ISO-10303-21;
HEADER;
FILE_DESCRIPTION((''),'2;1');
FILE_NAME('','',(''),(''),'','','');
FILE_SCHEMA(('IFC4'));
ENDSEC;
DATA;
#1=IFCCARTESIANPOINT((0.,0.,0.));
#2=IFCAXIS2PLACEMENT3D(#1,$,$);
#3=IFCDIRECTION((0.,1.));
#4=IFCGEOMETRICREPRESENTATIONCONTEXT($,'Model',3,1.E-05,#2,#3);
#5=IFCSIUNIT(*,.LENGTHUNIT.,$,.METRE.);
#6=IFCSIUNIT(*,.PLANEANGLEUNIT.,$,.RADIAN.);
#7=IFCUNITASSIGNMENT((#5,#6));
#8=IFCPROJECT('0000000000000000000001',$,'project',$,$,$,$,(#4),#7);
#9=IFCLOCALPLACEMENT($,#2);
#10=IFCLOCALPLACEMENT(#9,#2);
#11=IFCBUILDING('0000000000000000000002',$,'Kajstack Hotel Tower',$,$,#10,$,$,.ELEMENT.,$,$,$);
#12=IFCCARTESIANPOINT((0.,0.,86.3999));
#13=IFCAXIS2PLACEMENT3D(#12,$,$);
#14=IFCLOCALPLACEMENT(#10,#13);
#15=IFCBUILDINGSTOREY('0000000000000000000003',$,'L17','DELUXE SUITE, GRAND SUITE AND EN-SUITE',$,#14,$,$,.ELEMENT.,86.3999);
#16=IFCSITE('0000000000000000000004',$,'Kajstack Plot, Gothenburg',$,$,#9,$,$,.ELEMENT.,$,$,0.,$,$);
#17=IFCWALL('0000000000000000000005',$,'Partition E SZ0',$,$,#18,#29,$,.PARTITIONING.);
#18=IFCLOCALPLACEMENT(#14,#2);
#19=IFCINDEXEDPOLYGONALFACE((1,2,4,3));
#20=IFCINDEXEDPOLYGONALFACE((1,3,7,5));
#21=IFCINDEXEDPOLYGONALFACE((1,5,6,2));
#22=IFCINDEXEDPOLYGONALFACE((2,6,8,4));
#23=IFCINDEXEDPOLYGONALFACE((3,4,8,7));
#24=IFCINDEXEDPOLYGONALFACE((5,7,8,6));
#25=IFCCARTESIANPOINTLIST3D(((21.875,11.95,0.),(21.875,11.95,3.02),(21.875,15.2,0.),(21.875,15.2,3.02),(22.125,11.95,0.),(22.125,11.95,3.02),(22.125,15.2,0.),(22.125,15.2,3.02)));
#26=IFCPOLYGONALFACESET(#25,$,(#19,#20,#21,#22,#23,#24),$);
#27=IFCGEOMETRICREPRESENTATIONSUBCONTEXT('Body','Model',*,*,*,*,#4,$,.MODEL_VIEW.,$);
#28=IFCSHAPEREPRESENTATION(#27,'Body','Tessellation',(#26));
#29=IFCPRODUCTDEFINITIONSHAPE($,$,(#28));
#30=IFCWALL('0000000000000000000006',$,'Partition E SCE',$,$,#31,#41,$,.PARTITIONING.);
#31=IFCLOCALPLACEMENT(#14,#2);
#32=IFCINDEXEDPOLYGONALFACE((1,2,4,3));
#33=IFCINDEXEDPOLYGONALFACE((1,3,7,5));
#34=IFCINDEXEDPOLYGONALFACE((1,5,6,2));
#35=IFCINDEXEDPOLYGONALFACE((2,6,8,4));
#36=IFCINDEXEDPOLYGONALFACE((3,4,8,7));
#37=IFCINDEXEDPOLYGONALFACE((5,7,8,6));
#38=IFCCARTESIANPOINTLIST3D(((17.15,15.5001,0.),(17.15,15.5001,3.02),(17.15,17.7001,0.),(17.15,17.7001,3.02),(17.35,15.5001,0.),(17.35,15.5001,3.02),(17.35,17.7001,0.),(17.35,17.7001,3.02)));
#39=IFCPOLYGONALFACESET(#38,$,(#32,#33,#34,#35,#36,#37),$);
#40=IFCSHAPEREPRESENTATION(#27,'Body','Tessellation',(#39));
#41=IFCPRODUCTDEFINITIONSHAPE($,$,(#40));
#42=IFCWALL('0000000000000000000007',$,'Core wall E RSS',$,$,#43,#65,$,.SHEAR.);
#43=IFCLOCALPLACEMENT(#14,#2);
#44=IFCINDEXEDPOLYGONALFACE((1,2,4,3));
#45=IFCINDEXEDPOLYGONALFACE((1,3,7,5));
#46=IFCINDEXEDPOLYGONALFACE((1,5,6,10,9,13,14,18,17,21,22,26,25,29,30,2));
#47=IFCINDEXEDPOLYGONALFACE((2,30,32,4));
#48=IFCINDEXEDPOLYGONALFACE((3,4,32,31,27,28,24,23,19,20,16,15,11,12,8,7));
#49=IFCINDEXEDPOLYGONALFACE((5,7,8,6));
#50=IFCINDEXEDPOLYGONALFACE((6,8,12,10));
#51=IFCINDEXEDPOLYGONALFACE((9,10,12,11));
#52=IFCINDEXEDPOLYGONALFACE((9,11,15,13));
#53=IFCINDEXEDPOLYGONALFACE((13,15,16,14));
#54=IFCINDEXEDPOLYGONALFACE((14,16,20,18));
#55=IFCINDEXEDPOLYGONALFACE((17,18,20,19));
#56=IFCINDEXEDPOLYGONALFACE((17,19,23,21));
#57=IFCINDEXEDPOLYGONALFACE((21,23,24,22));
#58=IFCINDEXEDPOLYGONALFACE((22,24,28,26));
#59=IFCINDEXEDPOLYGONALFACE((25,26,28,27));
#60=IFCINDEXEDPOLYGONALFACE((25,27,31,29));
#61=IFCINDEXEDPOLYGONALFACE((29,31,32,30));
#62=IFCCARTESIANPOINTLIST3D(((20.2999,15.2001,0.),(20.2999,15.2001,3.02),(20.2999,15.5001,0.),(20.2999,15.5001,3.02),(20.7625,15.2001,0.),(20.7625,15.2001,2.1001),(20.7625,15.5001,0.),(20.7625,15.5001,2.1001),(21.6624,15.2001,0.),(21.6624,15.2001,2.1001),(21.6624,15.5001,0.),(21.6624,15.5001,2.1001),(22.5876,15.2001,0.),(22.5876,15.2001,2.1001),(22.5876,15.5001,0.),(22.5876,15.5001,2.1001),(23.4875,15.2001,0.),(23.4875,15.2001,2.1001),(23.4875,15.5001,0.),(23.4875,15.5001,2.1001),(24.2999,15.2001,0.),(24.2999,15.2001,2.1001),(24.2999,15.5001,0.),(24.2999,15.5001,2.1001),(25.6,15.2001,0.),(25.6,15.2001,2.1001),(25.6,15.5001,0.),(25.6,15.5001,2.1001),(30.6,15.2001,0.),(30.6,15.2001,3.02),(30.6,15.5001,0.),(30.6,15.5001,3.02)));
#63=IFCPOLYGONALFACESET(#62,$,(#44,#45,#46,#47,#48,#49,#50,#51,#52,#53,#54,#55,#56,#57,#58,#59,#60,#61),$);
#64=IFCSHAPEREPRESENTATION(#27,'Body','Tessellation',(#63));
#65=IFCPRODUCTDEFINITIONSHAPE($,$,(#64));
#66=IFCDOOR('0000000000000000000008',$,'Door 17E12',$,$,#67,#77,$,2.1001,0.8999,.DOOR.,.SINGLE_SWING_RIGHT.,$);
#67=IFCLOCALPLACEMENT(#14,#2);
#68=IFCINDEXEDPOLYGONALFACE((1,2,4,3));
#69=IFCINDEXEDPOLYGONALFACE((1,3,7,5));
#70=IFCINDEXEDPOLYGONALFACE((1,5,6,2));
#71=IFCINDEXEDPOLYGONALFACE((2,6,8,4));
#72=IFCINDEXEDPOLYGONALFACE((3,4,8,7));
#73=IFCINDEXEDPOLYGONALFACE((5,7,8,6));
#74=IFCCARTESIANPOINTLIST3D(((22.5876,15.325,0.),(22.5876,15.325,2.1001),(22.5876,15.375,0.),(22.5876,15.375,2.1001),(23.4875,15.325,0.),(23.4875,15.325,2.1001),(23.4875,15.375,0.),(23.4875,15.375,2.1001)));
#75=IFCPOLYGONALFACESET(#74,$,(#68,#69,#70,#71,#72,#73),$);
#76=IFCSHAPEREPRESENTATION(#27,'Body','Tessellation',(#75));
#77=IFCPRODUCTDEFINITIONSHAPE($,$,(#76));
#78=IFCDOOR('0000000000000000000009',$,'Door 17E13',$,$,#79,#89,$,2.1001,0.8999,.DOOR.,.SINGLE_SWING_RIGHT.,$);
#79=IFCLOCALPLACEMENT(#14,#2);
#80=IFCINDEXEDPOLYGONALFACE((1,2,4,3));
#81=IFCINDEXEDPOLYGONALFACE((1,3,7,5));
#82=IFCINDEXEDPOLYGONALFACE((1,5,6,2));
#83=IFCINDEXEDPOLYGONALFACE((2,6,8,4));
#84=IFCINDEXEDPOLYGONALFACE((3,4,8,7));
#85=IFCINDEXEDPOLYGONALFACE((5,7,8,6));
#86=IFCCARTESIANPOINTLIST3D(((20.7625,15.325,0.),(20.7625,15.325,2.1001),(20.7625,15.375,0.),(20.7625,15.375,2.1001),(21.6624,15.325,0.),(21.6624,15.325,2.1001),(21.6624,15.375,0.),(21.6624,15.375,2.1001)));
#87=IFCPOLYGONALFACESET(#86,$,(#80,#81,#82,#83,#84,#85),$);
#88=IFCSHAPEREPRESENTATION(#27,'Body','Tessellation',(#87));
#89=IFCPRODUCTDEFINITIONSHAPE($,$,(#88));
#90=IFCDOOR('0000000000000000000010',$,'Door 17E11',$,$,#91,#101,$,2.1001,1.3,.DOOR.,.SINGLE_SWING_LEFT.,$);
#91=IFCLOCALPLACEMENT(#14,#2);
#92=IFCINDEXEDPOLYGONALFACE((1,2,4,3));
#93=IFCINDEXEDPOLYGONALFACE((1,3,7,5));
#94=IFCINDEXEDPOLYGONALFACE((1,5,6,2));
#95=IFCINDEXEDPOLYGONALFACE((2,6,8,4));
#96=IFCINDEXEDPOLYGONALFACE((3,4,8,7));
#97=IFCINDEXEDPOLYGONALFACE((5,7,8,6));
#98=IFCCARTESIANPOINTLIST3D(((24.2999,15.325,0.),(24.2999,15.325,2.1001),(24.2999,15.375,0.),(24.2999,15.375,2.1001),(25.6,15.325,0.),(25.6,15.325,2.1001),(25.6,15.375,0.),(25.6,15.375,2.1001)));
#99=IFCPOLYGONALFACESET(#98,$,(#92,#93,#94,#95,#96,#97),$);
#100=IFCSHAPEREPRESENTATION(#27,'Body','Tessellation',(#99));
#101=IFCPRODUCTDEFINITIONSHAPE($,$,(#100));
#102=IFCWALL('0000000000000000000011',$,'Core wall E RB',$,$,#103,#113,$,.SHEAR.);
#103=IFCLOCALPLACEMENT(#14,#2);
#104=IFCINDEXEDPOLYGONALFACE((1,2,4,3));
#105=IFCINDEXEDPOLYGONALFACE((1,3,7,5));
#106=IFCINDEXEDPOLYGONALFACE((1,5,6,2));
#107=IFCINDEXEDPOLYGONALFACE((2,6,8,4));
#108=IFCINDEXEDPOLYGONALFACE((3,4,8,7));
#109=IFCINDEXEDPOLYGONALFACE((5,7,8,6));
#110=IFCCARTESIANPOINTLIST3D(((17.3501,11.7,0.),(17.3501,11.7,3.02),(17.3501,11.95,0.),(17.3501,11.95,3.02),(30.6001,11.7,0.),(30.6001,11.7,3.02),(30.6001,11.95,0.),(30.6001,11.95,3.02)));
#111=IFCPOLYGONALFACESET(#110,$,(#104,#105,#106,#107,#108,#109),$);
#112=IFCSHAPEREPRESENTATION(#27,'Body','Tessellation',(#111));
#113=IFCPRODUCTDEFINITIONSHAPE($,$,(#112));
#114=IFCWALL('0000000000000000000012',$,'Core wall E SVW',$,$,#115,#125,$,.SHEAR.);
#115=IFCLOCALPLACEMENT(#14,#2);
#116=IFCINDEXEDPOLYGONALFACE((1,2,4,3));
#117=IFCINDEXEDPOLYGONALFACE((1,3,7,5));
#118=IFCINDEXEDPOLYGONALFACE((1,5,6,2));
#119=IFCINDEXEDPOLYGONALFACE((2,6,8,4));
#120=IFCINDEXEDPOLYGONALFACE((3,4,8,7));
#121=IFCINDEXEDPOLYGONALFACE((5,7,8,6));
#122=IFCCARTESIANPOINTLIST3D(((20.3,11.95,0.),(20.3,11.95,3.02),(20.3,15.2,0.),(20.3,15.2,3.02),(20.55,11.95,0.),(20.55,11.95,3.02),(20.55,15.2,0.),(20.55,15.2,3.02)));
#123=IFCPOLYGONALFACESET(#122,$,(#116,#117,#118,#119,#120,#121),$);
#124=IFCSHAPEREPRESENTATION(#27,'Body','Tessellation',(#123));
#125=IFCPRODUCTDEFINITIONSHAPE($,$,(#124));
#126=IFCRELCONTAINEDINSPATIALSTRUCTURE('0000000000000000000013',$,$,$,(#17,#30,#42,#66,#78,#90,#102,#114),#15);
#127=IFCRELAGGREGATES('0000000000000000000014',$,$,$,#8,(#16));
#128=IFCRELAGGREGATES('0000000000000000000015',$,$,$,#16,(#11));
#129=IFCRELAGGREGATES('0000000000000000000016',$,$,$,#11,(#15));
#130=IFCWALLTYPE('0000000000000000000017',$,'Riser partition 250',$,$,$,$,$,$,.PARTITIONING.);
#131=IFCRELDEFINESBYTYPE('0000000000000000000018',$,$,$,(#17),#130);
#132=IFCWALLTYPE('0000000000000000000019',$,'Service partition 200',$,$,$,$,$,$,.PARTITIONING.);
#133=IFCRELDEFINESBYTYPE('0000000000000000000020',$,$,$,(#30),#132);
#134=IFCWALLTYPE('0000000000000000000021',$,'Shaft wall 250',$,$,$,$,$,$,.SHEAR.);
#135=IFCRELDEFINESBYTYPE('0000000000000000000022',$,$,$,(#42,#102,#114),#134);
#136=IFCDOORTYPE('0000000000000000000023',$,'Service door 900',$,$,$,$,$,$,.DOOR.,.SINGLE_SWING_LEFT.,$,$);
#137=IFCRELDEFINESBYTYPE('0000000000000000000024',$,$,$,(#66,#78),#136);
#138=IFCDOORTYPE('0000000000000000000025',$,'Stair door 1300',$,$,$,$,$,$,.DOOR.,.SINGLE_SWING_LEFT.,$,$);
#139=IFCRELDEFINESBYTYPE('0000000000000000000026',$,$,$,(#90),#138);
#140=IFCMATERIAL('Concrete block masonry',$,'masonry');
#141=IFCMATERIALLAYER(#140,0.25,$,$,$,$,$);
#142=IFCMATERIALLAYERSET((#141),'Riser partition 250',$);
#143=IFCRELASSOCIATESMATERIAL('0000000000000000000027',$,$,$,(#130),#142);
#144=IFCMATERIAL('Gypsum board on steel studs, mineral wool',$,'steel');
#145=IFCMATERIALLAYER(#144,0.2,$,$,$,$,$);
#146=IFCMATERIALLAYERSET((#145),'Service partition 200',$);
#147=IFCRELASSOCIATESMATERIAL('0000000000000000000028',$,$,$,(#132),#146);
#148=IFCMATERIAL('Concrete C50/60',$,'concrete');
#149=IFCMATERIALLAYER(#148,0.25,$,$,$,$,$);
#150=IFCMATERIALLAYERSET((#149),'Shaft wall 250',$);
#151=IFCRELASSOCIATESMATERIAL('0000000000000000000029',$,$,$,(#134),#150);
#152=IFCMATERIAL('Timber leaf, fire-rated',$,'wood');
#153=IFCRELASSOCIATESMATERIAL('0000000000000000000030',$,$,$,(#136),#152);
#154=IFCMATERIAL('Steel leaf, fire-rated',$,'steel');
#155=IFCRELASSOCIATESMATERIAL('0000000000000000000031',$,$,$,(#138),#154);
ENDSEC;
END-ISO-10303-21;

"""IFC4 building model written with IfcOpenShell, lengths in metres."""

from ifc_helpers import new_model, si_unit, direction, frame, frame_2d, origin, place, context, subcontext, project, spatial, rectangle, extrude, material, layer, layer_set, type_object, element, fill, save


model = new_model("IFC4")

# Units and contexts
model_context = context("Model", 3, precision=1e-05, world=origin(), true_north=direction((0.0, 1.0)))
body_context = subcontext(model_context, "Body", "Model", "MODEL_VIEW")
ifc_project = project(units=[si_unit("LENGTHUNIT", "METRE"), si_unit("PLANEANGLEUNIT", "RADIAN")], contexts=[model_context])

# Site, building, storey
site_placement = place(None, origin())
site = spatial("IfcSite", under=ifc_project, at=site_placement, Name="Kajstack Plot, Gothenburg", CompositionType="ELEMENT", RefElevation=0.0)
building_placement = place(site_placement, origin())
building = spatial("IfcBuilding", under=site, at=building_placement, Name="Kajstack Hotel Tower", CompositionType="ELEMENT")
storey_placement = place(building_placement, frame((0.0, 0.0, 86.3999)))
storey = spatial("IfcBuildingStorey", under=building, at=storey_placement, Name="L17", Description="DELUXE SUITE, GRAND SUITE AND EN-SUITE", CompositionType="ELEMENT", Elevation=86.3999)

# Walls
ifc_material_1 = material(Name="Concrete block masonry", Category="masonry")
ifc_layer_1 = layer(ifc_material_1, 0.25)
ifc_layer_set_1 = layer_set([ifc_layer_1], Name="Riser partition 250")
wall_type_1 = type_object("IfcWallType", Name="Riser partition 250", PredefinedType="PARTITIONING", material=ifc_layer_set_1)
wall_1_placement = place(storey_placement, frame((22.0, 11.95, 0.0), z_axis=(0.0, 0.0, 1.0), x_axis=(0.0, 1.0, 0.0)))
element("IfcWall", 1, at=wall_1_placement, inside=storey, type_object=wall_type_1, Name="Partition E SZ0", PredefinedType="PARTITIONING", context=body_context, shape_type="SweptSolid", body=[
    extrude(rectangle(XDim=3.25, YDim=0.25, at=frame_2d((1.625, 0.0))), origin(), (0.0, 0.0, 1.0), 3.02),
])
ifc_material_2 = material(Name="Gypsum board on steel studs, mineral wool", Category="steel")
ifc_layer_2 = layer(ifc_material_2, 0.2)
ifc_layer_set_2 = layer_set([ifc_layer_2], Name="Service partition 200")
wall_type_2 = type_object("IfcWallType", Name="Service partition 200", PredefinedType="PARTITIONING", material=ifc_layer_set_2)
wall_2_placement = place(storey_placement, frame((17.25, 15.5, 0.0), z_axis=(0.0, 0.0, 1.0), x_axis=(0.0, 1.0, 0.0)))
element("IfcWall", 2, at=wall_2_placement, inside=storey, type_object=wall_type_2, Name="Partition E SCE", PredefinedType="PARTITIONING", context=body_context, shape_type="SweptSolid", body=[
    extrude(rectangle(XDim=2.2, YDim=0.2, at=frame_2d((1.1001, 0.0))), origin(), (0.0, 0.0, 1.0), 3.02),
])

# Wall, openings, doors
ifc_material_3 = material(Name="Concrete C50/60", Category="concrete")
ifc_layer_3 = layer(ifc_material_3, 0.25)
ifc_layer_set_3 = layer_set([ifc_layer_3], Name="Shaft wall 250")
wall_type_3 = type_object("IfcWallType", Name="Shaft wall 250", PredefinedType="SHEAR", material=ifc_layer_set_3)
wall_3_placement = place(storey_placement, frame((20.3, 15.3501, 0.0), z_axis=(0.0, 0.0, 1.0), x_axis=(1.0, 0.0, 0.0)))
wall_3 = element("IfcWall", 3, at=wall_3_placement, inside=storey, type_object=wall_type_3, Name="Core wall E RSS", PredefinedType="SHEAR", context=body_context, shape_type="SweptSolid", body=[
    extrude(rectangle(XDim=10.3, YDim=0.3, at=frame_2d((5.1499, 0.0))), origin(), (0.0, 0.0, 1.0), 3.02),
])
opening_1_placement = place(wall_3_placement, frame((4.0, 0.0, 0.0)))
opening_1 = element("IfcOpeningElement", 4, at=opening_1_placement, cuts=wall_3, PredefinedType="OPENING", context=body_context, shape_type="SweptSolid", body=[
    extrude(rectangle(XDim=1.3, YDim=2.1001, at=frame_2d((0.6499, 1.05))), frame((0.0, 0.1599, 0.0), z_axis=(0.0, -1.0, 0.0), x_axis=(1.0, 0.0, 0.0)), (0.0, 0.0, 1.0), 0.3201),
])
opening_2_placement = place(wall_3_placement, frame((2.2876, 0.0, 0.0)))
opening_2 = element("IfcOpeningElement", 5, at=opening_2_placement, cuts=wall_3, PredefinedType="OPENING", context=body_context, shape_type="SweptSolid", body=[
    extrude(rectangle(XDim=0.8999, YDim=2.1001, at=frame_2d((0.45, 1.05))), frame((0.0, 0.1599, 0.0), z_axis=(0.0, -1.0, 0.0), x_axis=(1.0, 0.0, 0.0)), (0.0, 0.0, 1.0), 0.3201),
])
opening_3_placement = place(wall_3_placement, frame((0.4624, 0.0, 0.0)))
opening_3 = element("IfcOpeningElement", 6, at=opening_3_placement, cuts=wall_3, PredefinedType="OPENING", context=body_context, shape_type="SweptSolid", body=[
    extrude(rectangle(XDim=0.8999, YDim=2.1001, at=frame_2d((0.45, 1.05))), frame((0.0, 0.1599, 0.0), z_axis=(0.0, -1.0, 0.0), x_axis=(1.0, 0.0, 0.0)), (0.0, 0.0, 1.0), 0.3201),
])
ifc_material_4 = material(Name="Timber leaf, fire-rated", Category="wood")
door_type_1 = type_object("IfcDoorType", Name="Service door 900", OperationType="SINGLE_SWING_LEFT", PredefinedType="DOOR", material=ifc_material_4)
door_1_placement = place(opening_2_placement, origin())
door_1 = element("IfcDoor", 7, at=door_1_placement, inside=storey, type_object=door_type_1, Name="Door 17E12", OperationType="SINGLE_SWING_RIGHT", OverallHeight=2.1001, OverallWidth=0.8999, PredefinedType="DOOR", context=body_context, shape_type="SweptSolid", body=[
    extrude(rectangle(XDim=0.8999, YDim=2.1001, at=frame_2d((0.45, 1.05))), frame((0.0, 0.0249, 0.0), z_axis=(0.0, -1.0, 0.0), x_axis=(1.0, 0.0, 0.0)), (0.0, 0.0, 1.0), 0.05),
])
fill(opening_2, door_1)
door_2_placement = place(opening_3_placement, origin())
door_2 = element("IfcDoor", 8, at=door_2_placement, inside=storey, type_object=door_type_1, Name="Door 17E13", OperationType="SINGLE_SWING_RIGHT", OverallHeight=2.1001, OverallWidth=0.8999, PredefinedType="DOOR", context=body_context, shape_type="SweptSolid", body=[
    extrude(rectangle(XDim=0.8999, YDim=2.1001, at=frame_2d((0.45, 1.05))), frame((0.0, 0.0249, 0.0), z_axis=(0.0, -1.0, 0.0), x_axis=(1.0, 0.0, 0.0)), (0.0, 0.0, 1.0), 0.05),
])
fill(opening_3, door_2)
ifc_material_5 = material(Name="Steel leaf, fire-rated", Category="steel")
door_type_2 = type_object("IfcDoorType", Name="Stair door 1300", OperationType="SINGLE_SWING_LEFT", PredefinedType="DOOR", material=ifc_material_5)
door_3_placement = place(opening_1_placement, origin())
door_3 = element("IfcDoor", 9, at=door_3_placement, inside=storey, type_object=door_type_2, Name="Door 17E11", OperationType="SINGLE_SWING_LEFT", OverallHeight=2.1001, OverallWidth=1.3, PredefinedType="DOOR", context=body_context, shape_type="SweptSolid", body=[
    extrude(rectangle(XDim=1.3, YDim=2.1001, at=frame_2d((0.6499, 1.05))), frame((0.0, 0.0249, 0.0), z_axis=(0.0, -1.0, 0.0), x_axis=(1.0, 0.0, 0.0)), (0.0, 0.0, 1.0), 0.05),
])
fill(opening_1, door_3)

# Walls
wall_4_placement = place(storey_placement, frame((17.3501, 11.825, 0.0), z_axis=(0.0, 0.0, 1.0), x_axis=(1.0, 0.0, 0.0)))
element("IfcWall", 10, at=wall_4_placement, inside=storey, type_object=wall_type_3, Name="Core wall E RB", PredefinedType="SHEAR", context=body_context, shape_type="SweptSolid", body=[
    extrude(rectangle(XDim=13.25, YDim=0.25, at=frame_2d((6.625, 0.0))), origin(), (0.0, 0.0, 1.0), 3.02),
])
wall_5_placement = place(storey_placement, frame((20.425, 11.95, 0.0), z_axis=(0.0, 0.0, 1.0), x_axis=(0.0, 1.0, 0.0)))
element("IfcWall", 11, at=wall_5_placement, inside=storey, type_object=wall_type_3, Name="Core wall E SVW", PredefinedType="SHEAR", context=body_context, shape_type="SweptSolid", body=[
    extrude(rectangle(XDim=3.25, YDim=0.25, at=frame_2d((1.625, 0.0))), origin(), (0.0, 0.0, 1.0), 3.02),
])

save(model, "model.ifc")
